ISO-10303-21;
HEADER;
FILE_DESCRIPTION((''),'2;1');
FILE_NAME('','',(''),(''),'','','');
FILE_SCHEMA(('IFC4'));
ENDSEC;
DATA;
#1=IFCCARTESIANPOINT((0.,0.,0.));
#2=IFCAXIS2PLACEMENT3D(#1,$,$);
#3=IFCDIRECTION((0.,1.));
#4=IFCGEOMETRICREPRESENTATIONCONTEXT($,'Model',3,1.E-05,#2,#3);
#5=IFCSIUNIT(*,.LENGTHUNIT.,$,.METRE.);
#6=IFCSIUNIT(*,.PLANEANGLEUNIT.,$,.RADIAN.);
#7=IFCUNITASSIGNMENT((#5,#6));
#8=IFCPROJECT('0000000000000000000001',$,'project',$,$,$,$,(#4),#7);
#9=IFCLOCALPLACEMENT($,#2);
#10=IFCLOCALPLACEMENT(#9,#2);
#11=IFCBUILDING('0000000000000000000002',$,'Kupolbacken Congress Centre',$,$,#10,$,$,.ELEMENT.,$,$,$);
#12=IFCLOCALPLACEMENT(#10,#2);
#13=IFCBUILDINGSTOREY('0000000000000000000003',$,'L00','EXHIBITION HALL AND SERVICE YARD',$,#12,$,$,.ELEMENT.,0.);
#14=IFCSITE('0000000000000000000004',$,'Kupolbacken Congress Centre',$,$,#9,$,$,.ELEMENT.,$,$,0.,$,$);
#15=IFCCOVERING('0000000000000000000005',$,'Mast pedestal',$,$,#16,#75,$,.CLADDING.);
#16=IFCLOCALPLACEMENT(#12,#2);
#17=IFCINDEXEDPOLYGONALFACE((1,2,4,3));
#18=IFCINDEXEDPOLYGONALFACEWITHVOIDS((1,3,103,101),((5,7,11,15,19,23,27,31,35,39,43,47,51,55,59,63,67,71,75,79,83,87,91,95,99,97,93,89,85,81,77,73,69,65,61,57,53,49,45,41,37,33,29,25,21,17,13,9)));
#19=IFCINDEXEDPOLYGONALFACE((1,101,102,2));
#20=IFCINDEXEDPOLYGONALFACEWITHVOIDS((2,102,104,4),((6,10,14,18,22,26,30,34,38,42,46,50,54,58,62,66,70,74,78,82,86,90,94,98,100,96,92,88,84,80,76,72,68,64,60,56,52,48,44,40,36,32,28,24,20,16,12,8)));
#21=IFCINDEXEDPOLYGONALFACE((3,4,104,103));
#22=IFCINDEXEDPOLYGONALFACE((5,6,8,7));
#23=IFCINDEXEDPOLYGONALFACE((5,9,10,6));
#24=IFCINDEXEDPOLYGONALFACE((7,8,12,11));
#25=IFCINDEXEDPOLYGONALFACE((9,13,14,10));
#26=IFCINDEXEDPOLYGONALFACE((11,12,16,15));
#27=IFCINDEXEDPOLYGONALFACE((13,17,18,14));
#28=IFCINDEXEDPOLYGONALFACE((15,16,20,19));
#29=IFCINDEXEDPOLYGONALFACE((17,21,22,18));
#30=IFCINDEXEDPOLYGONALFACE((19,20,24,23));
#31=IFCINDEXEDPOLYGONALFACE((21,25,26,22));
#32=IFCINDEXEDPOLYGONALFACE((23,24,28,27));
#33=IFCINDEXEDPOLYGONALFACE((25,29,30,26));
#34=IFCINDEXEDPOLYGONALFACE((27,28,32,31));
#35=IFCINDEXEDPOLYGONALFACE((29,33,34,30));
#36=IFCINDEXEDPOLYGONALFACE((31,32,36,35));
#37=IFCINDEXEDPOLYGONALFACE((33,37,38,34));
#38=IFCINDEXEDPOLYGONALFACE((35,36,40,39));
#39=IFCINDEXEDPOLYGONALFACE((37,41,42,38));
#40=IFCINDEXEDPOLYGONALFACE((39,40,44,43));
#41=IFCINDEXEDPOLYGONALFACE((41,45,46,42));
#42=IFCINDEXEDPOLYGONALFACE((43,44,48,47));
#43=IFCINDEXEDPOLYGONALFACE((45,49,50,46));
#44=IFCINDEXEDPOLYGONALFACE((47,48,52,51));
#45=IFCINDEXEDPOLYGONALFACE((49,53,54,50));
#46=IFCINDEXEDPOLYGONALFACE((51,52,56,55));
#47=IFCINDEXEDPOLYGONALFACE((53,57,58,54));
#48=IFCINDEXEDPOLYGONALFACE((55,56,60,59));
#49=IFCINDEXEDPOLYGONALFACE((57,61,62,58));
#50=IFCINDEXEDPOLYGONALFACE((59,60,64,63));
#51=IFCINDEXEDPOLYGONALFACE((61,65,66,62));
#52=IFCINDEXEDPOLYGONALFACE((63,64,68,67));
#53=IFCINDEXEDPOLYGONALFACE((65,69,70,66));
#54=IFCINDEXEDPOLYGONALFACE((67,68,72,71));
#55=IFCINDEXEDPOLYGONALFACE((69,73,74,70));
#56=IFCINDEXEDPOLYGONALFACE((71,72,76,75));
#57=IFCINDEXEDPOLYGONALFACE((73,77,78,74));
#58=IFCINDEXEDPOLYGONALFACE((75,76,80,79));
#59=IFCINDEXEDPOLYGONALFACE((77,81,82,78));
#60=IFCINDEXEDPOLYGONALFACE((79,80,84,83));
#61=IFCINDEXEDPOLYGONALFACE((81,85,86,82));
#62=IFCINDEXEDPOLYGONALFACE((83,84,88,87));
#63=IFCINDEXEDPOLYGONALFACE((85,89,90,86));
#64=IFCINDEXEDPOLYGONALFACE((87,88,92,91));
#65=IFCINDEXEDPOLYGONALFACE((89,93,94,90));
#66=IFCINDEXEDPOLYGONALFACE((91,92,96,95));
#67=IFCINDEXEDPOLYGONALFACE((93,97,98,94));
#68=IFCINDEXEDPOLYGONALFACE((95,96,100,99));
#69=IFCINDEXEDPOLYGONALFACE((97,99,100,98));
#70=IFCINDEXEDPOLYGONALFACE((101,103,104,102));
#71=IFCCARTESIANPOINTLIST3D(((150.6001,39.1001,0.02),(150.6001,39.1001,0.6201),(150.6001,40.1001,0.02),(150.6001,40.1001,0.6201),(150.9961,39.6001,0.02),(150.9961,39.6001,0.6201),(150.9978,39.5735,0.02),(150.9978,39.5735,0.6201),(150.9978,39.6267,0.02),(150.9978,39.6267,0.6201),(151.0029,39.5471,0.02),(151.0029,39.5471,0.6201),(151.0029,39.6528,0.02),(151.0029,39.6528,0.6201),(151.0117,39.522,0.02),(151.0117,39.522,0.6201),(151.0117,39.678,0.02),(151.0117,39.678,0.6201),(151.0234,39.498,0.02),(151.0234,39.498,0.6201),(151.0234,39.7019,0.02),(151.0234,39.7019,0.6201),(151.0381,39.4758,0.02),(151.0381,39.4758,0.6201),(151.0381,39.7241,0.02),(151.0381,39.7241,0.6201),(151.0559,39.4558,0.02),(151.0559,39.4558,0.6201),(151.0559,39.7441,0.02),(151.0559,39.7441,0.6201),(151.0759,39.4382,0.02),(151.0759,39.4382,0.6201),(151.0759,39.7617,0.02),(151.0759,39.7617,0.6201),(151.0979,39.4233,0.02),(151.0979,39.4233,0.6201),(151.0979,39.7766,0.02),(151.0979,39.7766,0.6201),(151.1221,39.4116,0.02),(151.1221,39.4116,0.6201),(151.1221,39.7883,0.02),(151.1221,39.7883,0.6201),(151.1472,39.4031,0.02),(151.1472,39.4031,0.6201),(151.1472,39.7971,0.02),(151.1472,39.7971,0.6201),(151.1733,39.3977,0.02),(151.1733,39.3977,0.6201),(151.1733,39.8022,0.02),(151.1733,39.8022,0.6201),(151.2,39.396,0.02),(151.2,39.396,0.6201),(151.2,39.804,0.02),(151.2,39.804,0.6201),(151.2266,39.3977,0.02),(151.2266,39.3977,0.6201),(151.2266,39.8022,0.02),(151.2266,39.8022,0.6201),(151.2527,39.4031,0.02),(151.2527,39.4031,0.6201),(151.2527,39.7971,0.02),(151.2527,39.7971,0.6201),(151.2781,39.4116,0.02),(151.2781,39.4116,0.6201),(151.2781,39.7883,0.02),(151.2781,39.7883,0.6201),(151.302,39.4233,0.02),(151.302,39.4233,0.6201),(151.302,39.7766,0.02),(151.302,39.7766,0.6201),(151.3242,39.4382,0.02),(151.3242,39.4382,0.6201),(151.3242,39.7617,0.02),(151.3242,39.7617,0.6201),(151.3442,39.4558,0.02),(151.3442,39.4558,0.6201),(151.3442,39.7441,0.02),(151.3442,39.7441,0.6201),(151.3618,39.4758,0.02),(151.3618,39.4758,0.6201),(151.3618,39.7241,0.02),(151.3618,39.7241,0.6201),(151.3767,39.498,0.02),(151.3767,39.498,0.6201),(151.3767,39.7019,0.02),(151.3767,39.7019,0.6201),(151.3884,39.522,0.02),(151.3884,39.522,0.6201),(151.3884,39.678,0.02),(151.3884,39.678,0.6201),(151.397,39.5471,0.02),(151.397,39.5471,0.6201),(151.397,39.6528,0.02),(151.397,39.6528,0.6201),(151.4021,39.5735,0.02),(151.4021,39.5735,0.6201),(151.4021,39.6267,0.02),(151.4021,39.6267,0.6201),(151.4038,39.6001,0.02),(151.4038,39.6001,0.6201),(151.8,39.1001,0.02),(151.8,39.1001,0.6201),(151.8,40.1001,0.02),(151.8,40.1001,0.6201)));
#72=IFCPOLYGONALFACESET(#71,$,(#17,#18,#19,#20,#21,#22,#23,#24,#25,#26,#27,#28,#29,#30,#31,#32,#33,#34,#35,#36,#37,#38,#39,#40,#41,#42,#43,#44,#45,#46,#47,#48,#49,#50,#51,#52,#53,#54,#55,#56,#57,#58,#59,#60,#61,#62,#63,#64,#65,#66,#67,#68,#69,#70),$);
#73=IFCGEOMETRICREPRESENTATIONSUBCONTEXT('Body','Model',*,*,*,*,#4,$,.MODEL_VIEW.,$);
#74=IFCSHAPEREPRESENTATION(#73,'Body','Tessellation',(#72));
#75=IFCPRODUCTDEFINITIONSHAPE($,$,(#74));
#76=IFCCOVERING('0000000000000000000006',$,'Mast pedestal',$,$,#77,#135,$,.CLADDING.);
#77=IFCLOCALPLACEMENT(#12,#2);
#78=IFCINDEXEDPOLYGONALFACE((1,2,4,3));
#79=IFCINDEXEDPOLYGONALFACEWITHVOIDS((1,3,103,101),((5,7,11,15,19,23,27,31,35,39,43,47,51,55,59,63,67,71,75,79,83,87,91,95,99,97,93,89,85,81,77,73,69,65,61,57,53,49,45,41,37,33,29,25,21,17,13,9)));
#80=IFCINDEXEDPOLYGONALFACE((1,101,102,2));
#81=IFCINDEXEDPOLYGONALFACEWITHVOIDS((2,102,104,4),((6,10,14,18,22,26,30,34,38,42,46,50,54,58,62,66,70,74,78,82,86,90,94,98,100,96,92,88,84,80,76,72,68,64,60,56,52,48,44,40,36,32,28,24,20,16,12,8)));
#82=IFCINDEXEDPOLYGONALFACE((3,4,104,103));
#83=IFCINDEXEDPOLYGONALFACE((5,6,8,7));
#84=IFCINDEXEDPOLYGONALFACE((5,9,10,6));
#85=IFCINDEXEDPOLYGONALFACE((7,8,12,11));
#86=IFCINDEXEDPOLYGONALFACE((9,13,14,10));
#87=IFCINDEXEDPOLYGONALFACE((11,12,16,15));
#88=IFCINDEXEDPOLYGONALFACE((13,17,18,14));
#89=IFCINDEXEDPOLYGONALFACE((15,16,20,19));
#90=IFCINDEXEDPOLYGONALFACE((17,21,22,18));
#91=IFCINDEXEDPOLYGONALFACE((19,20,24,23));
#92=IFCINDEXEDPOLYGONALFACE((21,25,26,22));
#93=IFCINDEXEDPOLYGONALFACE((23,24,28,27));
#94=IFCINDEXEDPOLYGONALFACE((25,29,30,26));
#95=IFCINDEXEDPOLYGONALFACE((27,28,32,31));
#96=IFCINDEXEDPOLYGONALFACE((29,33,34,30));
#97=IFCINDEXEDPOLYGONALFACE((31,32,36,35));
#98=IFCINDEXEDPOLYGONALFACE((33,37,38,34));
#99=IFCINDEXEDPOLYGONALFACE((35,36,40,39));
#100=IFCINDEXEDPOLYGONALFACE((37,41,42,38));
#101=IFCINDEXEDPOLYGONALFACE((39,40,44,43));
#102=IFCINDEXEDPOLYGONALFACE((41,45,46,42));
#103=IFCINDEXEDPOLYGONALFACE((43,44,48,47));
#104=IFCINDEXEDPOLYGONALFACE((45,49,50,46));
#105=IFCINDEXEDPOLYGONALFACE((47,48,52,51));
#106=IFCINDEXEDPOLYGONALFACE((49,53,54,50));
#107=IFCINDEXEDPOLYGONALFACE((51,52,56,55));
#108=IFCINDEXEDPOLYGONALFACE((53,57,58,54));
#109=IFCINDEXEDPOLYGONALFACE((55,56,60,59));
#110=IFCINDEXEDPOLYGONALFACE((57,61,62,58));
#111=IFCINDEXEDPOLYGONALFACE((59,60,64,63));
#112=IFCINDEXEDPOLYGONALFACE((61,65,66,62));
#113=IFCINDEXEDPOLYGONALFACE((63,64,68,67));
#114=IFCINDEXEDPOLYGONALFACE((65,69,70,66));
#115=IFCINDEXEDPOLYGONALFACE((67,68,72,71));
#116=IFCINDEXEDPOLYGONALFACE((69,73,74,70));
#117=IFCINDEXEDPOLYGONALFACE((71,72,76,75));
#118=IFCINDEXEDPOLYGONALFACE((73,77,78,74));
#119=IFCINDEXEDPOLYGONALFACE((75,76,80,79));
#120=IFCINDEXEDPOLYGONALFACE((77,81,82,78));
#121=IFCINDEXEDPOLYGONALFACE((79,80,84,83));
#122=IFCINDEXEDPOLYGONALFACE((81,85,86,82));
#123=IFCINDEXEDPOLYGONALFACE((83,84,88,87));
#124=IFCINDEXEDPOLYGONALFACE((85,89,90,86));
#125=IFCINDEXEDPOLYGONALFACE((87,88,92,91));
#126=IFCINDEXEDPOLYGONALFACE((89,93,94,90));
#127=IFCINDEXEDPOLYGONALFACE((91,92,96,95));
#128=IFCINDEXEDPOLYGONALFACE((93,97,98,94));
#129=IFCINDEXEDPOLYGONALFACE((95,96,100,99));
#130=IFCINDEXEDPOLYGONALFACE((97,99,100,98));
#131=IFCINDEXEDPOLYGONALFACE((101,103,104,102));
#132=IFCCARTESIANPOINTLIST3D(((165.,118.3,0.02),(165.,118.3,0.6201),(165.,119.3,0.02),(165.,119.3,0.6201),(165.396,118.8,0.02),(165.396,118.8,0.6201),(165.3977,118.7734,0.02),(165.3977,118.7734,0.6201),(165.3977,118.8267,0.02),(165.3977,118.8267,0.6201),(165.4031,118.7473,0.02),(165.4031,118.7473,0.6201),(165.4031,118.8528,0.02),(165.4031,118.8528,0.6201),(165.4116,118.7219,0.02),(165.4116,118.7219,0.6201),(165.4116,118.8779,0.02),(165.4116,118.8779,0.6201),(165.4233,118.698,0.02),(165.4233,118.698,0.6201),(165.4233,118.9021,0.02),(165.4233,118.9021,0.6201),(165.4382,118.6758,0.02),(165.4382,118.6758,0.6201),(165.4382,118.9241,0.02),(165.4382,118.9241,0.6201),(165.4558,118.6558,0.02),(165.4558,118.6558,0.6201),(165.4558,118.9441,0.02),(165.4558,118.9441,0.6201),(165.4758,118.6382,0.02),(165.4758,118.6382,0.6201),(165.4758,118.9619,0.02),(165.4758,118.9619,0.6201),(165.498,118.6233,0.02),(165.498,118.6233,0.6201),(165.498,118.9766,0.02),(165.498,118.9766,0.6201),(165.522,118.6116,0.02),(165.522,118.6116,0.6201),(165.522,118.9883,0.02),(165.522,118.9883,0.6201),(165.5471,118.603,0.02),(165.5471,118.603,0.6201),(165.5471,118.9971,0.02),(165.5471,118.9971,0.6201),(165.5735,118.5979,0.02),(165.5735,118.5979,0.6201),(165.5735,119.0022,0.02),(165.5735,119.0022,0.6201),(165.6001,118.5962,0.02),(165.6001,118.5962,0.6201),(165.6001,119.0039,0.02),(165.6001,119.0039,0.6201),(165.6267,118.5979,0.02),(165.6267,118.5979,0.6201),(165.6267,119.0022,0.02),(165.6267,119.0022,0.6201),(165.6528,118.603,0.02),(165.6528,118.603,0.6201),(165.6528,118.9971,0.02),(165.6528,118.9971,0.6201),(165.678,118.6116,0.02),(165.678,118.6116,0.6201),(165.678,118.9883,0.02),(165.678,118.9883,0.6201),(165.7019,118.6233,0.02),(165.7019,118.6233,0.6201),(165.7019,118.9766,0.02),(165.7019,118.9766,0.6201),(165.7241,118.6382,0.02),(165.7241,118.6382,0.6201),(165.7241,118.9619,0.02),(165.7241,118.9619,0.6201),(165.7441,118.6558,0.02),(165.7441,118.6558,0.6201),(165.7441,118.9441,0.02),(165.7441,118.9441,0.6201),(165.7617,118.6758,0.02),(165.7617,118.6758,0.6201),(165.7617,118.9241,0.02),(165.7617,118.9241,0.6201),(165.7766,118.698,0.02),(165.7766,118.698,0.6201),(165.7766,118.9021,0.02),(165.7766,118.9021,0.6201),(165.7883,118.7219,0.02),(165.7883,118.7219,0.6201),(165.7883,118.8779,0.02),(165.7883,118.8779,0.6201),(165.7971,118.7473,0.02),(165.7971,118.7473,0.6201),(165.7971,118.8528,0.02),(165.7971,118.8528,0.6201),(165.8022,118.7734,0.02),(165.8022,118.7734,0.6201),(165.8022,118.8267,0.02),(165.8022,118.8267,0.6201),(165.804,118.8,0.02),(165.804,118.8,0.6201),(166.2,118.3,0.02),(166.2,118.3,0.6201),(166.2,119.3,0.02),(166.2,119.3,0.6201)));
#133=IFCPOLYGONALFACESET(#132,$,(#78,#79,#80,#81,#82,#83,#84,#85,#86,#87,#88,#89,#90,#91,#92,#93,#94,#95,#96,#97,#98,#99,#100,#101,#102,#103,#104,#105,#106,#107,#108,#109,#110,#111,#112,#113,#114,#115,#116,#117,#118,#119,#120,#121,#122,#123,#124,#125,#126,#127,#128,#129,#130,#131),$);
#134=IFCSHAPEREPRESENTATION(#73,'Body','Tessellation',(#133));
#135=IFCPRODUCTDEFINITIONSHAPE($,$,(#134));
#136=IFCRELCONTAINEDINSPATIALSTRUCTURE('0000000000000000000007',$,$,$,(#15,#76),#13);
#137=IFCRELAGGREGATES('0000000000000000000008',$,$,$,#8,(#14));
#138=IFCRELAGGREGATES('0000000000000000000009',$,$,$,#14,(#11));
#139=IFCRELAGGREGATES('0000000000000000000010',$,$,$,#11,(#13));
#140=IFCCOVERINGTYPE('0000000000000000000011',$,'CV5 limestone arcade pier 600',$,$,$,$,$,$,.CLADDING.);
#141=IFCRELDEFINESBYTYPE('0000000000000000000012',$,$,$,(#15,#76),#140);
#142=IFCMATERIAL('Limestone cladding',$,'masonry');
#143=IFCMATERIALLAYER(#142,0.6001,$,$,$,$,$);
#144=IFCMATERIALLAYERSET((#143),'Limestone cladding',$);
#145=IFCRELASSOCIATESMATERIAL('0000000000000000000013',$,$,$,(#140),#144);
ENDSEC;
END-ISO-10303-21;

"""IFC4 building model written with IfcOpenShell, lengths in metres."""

from ifc_helpers import new_model, si_unit, direction, frame, origin, place, context, subcontext, project, spatial, polyline, outline, extrude, material, layer, layer_set, type_object, element, save


model = new_model("IFC4")

# Units and contexts
model_context = context("Model", 3, precision=1e-05, world=origin(), true_north=direction((0.0, 1.0)))
body_context = subcontext(model_context, "Body", "Model", "MODEL_VIEW")
ifc_project = project(units=[si_unit("LENGTHUNIT", "METRE"), si_unit("PLANEANGLEUNIT", "RADIAN")], contexts=[model_context])

# Site, building, storey
site_placement = place(None, origin())
site = spatial("IfcSite", under=ifc_project, at=site_placement, Name="Kupolbacken Congress Centre", CompositionType="ELEMENT", RefElevation=0.0)
building_placement = place(site_placement, origin())
building = spatial("IfcBuilding", under=site, at=building_placement, Name="Kupolbacken Congress Centre", CompositionType="ELEMENT")
storey_placement = place(building_placement, origin())
storey = spatial("IfcBuildingStorey", under=building, at=storey_placement, Name="L00", Description="EXHIBITION HALL AND SERVICE YARD", CompositionType="ELEMENT", Elevation=0.0)

# Coverings
ifc_material_1 = material(Name="Limestone cladding", Category="masonry")
ifc_layer_1 = layer(ifc_material_1, 0.6001)
ifc_layer_set_1 = layer_set([ifc_layer_1], Name="Limestone cladding")
covering_type = type_object("IfcCoveringType", Name="CV5 limestone arcade pier 600", PredefinedType="CLADDING", material=ifc_layer_set_1)
covering_1_placement = place(storey_placement, frame((0.0, 0.0, 0.02)))
element("IfcCovering", 1, at=covering_1_placement, inside=storey, type_object=covering_type, Name="Mast pedestal", PredefinedType="CLADDING", context=body_context, shape_type="SweptSolid", body=[
    extrude(outline(polyline([(150.6001, 39.1001), (150.6001, 40.1001), (151.8, 40.1001), (151.8, 39.1001), (150.6001, 39.1001)]), holes=[polyline([(151.4021, 39.6267), (151.397, 39.6528), (151.3884, 39.678), (151.3767, 39.7019), (151.3618, 39.7241), (151.3442, 39.7441), (151.3242, 39.7617), (151.302, 39.7766), (151.2781, 39.7883), (151.2527, 39.7971), (151.2266, 39.8022), (151.2, 39.804), (151.1733, 39.8022), (151.1472, 39.7971), (151.1221, 39.7883), (151.0979, 39.7766), (151.0759, 39.7617), (151.0559, 39.7441), (151.0381, 39.7241), (151.0234, 39.7019), (151.0117, 39.678), (151.0029, 39.6528), (150.9978, 39.6267), (150.9961, 39.6001), (150.9978, 39.5735), (151.0029, 39.5471), (151.0117, 39.522), (151.0234, 39.498), (151.0381, 39.4758), (151.0559, 39.4558), (151.0759, 39.4382), (151.0979, 39.4233), (151.1221, 39.4116), (151.1472, 39.4031), (151.1733, 39.3977), (151.2, 39.396), (151.2266, 39.3977), (151.2527, 39.4031), (151.2781, 39.4116), (151.302, 39.4233), (151.3242, 39.4382), (151.3442, 39.4558), (151.3618, 39.4758), (151.3767, 39.498), (151.3884, 39.522), (151.397, 39.5471), (151.4021, 39.5735), (151.4038, 39.6001), (151.4021, 39.6267)])]), origin(), (0.0, 0.0, 1.0), 0.6001),
])
covering_2_placement = place(storey_placement, frame((0.0, 0.0, 0.02)))
element("IfcCovering", 2, at=covering_2_placement, inside=storey, type_object=covering_type, Name="Mast pedestal", PredefinedType="CLADDING", context=body_context, shape_type="SweptSolid", body=[
    extrude(outline(polyline([(165.0, 118.3), (165.0, 119.3), (166.2, 119.3), (166.2, 118.3), (165.0, 118.3)]), holes=[polyline([(165.8022, 118.8267), (165.7971, 118.8528), (165.7883, 118.8779), (165.7766, 118.9021), (165.7617, 118.9241), (165.7441, 118.9441), (165.7241, 118.9619), (165.7019, 118.9766), (165.678, 118.9883), (165.6528, 118.9971), (165.6267, 119.0022), (165.6001, 119.0039), (165.5735, 119.0022), (165.5471, 118.9971), (165.522, 118.9883), (165.498, 118.9766), (165.4758, 118.9619), (165.4558, 118.9441), (165.4382, 118.9241), (165.4233, 118.9021), (165.4116, 118.8779), (165.4031, 118.8528), (165.3977, 118.8267), (165.396, 118.8), (165.3977, 118.7734), (165.4031, 118.7473), (165.4116, 118.7219), (165.4233, 118.698), (165.4382, 118.6758), (165.4558, 118.6558), (165.4758, 118.6382), (165.498, 118.6233), (165.522, 118.6116), (165.5471, 118.603), (165.5735, 118.5979), (165.6001, 118.5962), (165.6267, 118.5979), (165.6528, 118.603), (165.678, 118.6116), (165.7019, 118.6233), (165.7241, 118.6382), (165.7441, 118.6558), (165.7617, 118.6758), (165.7766, 118.698), (165.7883, 118.7219), (165.7971, 118.7473), (165.8022, 118.7734), (165.804, 118.8), (165.8022, 118.8267)])]), origin(), (0.0, 0.0, 1.0), 0.6001),
])

save(model, "model.ifc")
